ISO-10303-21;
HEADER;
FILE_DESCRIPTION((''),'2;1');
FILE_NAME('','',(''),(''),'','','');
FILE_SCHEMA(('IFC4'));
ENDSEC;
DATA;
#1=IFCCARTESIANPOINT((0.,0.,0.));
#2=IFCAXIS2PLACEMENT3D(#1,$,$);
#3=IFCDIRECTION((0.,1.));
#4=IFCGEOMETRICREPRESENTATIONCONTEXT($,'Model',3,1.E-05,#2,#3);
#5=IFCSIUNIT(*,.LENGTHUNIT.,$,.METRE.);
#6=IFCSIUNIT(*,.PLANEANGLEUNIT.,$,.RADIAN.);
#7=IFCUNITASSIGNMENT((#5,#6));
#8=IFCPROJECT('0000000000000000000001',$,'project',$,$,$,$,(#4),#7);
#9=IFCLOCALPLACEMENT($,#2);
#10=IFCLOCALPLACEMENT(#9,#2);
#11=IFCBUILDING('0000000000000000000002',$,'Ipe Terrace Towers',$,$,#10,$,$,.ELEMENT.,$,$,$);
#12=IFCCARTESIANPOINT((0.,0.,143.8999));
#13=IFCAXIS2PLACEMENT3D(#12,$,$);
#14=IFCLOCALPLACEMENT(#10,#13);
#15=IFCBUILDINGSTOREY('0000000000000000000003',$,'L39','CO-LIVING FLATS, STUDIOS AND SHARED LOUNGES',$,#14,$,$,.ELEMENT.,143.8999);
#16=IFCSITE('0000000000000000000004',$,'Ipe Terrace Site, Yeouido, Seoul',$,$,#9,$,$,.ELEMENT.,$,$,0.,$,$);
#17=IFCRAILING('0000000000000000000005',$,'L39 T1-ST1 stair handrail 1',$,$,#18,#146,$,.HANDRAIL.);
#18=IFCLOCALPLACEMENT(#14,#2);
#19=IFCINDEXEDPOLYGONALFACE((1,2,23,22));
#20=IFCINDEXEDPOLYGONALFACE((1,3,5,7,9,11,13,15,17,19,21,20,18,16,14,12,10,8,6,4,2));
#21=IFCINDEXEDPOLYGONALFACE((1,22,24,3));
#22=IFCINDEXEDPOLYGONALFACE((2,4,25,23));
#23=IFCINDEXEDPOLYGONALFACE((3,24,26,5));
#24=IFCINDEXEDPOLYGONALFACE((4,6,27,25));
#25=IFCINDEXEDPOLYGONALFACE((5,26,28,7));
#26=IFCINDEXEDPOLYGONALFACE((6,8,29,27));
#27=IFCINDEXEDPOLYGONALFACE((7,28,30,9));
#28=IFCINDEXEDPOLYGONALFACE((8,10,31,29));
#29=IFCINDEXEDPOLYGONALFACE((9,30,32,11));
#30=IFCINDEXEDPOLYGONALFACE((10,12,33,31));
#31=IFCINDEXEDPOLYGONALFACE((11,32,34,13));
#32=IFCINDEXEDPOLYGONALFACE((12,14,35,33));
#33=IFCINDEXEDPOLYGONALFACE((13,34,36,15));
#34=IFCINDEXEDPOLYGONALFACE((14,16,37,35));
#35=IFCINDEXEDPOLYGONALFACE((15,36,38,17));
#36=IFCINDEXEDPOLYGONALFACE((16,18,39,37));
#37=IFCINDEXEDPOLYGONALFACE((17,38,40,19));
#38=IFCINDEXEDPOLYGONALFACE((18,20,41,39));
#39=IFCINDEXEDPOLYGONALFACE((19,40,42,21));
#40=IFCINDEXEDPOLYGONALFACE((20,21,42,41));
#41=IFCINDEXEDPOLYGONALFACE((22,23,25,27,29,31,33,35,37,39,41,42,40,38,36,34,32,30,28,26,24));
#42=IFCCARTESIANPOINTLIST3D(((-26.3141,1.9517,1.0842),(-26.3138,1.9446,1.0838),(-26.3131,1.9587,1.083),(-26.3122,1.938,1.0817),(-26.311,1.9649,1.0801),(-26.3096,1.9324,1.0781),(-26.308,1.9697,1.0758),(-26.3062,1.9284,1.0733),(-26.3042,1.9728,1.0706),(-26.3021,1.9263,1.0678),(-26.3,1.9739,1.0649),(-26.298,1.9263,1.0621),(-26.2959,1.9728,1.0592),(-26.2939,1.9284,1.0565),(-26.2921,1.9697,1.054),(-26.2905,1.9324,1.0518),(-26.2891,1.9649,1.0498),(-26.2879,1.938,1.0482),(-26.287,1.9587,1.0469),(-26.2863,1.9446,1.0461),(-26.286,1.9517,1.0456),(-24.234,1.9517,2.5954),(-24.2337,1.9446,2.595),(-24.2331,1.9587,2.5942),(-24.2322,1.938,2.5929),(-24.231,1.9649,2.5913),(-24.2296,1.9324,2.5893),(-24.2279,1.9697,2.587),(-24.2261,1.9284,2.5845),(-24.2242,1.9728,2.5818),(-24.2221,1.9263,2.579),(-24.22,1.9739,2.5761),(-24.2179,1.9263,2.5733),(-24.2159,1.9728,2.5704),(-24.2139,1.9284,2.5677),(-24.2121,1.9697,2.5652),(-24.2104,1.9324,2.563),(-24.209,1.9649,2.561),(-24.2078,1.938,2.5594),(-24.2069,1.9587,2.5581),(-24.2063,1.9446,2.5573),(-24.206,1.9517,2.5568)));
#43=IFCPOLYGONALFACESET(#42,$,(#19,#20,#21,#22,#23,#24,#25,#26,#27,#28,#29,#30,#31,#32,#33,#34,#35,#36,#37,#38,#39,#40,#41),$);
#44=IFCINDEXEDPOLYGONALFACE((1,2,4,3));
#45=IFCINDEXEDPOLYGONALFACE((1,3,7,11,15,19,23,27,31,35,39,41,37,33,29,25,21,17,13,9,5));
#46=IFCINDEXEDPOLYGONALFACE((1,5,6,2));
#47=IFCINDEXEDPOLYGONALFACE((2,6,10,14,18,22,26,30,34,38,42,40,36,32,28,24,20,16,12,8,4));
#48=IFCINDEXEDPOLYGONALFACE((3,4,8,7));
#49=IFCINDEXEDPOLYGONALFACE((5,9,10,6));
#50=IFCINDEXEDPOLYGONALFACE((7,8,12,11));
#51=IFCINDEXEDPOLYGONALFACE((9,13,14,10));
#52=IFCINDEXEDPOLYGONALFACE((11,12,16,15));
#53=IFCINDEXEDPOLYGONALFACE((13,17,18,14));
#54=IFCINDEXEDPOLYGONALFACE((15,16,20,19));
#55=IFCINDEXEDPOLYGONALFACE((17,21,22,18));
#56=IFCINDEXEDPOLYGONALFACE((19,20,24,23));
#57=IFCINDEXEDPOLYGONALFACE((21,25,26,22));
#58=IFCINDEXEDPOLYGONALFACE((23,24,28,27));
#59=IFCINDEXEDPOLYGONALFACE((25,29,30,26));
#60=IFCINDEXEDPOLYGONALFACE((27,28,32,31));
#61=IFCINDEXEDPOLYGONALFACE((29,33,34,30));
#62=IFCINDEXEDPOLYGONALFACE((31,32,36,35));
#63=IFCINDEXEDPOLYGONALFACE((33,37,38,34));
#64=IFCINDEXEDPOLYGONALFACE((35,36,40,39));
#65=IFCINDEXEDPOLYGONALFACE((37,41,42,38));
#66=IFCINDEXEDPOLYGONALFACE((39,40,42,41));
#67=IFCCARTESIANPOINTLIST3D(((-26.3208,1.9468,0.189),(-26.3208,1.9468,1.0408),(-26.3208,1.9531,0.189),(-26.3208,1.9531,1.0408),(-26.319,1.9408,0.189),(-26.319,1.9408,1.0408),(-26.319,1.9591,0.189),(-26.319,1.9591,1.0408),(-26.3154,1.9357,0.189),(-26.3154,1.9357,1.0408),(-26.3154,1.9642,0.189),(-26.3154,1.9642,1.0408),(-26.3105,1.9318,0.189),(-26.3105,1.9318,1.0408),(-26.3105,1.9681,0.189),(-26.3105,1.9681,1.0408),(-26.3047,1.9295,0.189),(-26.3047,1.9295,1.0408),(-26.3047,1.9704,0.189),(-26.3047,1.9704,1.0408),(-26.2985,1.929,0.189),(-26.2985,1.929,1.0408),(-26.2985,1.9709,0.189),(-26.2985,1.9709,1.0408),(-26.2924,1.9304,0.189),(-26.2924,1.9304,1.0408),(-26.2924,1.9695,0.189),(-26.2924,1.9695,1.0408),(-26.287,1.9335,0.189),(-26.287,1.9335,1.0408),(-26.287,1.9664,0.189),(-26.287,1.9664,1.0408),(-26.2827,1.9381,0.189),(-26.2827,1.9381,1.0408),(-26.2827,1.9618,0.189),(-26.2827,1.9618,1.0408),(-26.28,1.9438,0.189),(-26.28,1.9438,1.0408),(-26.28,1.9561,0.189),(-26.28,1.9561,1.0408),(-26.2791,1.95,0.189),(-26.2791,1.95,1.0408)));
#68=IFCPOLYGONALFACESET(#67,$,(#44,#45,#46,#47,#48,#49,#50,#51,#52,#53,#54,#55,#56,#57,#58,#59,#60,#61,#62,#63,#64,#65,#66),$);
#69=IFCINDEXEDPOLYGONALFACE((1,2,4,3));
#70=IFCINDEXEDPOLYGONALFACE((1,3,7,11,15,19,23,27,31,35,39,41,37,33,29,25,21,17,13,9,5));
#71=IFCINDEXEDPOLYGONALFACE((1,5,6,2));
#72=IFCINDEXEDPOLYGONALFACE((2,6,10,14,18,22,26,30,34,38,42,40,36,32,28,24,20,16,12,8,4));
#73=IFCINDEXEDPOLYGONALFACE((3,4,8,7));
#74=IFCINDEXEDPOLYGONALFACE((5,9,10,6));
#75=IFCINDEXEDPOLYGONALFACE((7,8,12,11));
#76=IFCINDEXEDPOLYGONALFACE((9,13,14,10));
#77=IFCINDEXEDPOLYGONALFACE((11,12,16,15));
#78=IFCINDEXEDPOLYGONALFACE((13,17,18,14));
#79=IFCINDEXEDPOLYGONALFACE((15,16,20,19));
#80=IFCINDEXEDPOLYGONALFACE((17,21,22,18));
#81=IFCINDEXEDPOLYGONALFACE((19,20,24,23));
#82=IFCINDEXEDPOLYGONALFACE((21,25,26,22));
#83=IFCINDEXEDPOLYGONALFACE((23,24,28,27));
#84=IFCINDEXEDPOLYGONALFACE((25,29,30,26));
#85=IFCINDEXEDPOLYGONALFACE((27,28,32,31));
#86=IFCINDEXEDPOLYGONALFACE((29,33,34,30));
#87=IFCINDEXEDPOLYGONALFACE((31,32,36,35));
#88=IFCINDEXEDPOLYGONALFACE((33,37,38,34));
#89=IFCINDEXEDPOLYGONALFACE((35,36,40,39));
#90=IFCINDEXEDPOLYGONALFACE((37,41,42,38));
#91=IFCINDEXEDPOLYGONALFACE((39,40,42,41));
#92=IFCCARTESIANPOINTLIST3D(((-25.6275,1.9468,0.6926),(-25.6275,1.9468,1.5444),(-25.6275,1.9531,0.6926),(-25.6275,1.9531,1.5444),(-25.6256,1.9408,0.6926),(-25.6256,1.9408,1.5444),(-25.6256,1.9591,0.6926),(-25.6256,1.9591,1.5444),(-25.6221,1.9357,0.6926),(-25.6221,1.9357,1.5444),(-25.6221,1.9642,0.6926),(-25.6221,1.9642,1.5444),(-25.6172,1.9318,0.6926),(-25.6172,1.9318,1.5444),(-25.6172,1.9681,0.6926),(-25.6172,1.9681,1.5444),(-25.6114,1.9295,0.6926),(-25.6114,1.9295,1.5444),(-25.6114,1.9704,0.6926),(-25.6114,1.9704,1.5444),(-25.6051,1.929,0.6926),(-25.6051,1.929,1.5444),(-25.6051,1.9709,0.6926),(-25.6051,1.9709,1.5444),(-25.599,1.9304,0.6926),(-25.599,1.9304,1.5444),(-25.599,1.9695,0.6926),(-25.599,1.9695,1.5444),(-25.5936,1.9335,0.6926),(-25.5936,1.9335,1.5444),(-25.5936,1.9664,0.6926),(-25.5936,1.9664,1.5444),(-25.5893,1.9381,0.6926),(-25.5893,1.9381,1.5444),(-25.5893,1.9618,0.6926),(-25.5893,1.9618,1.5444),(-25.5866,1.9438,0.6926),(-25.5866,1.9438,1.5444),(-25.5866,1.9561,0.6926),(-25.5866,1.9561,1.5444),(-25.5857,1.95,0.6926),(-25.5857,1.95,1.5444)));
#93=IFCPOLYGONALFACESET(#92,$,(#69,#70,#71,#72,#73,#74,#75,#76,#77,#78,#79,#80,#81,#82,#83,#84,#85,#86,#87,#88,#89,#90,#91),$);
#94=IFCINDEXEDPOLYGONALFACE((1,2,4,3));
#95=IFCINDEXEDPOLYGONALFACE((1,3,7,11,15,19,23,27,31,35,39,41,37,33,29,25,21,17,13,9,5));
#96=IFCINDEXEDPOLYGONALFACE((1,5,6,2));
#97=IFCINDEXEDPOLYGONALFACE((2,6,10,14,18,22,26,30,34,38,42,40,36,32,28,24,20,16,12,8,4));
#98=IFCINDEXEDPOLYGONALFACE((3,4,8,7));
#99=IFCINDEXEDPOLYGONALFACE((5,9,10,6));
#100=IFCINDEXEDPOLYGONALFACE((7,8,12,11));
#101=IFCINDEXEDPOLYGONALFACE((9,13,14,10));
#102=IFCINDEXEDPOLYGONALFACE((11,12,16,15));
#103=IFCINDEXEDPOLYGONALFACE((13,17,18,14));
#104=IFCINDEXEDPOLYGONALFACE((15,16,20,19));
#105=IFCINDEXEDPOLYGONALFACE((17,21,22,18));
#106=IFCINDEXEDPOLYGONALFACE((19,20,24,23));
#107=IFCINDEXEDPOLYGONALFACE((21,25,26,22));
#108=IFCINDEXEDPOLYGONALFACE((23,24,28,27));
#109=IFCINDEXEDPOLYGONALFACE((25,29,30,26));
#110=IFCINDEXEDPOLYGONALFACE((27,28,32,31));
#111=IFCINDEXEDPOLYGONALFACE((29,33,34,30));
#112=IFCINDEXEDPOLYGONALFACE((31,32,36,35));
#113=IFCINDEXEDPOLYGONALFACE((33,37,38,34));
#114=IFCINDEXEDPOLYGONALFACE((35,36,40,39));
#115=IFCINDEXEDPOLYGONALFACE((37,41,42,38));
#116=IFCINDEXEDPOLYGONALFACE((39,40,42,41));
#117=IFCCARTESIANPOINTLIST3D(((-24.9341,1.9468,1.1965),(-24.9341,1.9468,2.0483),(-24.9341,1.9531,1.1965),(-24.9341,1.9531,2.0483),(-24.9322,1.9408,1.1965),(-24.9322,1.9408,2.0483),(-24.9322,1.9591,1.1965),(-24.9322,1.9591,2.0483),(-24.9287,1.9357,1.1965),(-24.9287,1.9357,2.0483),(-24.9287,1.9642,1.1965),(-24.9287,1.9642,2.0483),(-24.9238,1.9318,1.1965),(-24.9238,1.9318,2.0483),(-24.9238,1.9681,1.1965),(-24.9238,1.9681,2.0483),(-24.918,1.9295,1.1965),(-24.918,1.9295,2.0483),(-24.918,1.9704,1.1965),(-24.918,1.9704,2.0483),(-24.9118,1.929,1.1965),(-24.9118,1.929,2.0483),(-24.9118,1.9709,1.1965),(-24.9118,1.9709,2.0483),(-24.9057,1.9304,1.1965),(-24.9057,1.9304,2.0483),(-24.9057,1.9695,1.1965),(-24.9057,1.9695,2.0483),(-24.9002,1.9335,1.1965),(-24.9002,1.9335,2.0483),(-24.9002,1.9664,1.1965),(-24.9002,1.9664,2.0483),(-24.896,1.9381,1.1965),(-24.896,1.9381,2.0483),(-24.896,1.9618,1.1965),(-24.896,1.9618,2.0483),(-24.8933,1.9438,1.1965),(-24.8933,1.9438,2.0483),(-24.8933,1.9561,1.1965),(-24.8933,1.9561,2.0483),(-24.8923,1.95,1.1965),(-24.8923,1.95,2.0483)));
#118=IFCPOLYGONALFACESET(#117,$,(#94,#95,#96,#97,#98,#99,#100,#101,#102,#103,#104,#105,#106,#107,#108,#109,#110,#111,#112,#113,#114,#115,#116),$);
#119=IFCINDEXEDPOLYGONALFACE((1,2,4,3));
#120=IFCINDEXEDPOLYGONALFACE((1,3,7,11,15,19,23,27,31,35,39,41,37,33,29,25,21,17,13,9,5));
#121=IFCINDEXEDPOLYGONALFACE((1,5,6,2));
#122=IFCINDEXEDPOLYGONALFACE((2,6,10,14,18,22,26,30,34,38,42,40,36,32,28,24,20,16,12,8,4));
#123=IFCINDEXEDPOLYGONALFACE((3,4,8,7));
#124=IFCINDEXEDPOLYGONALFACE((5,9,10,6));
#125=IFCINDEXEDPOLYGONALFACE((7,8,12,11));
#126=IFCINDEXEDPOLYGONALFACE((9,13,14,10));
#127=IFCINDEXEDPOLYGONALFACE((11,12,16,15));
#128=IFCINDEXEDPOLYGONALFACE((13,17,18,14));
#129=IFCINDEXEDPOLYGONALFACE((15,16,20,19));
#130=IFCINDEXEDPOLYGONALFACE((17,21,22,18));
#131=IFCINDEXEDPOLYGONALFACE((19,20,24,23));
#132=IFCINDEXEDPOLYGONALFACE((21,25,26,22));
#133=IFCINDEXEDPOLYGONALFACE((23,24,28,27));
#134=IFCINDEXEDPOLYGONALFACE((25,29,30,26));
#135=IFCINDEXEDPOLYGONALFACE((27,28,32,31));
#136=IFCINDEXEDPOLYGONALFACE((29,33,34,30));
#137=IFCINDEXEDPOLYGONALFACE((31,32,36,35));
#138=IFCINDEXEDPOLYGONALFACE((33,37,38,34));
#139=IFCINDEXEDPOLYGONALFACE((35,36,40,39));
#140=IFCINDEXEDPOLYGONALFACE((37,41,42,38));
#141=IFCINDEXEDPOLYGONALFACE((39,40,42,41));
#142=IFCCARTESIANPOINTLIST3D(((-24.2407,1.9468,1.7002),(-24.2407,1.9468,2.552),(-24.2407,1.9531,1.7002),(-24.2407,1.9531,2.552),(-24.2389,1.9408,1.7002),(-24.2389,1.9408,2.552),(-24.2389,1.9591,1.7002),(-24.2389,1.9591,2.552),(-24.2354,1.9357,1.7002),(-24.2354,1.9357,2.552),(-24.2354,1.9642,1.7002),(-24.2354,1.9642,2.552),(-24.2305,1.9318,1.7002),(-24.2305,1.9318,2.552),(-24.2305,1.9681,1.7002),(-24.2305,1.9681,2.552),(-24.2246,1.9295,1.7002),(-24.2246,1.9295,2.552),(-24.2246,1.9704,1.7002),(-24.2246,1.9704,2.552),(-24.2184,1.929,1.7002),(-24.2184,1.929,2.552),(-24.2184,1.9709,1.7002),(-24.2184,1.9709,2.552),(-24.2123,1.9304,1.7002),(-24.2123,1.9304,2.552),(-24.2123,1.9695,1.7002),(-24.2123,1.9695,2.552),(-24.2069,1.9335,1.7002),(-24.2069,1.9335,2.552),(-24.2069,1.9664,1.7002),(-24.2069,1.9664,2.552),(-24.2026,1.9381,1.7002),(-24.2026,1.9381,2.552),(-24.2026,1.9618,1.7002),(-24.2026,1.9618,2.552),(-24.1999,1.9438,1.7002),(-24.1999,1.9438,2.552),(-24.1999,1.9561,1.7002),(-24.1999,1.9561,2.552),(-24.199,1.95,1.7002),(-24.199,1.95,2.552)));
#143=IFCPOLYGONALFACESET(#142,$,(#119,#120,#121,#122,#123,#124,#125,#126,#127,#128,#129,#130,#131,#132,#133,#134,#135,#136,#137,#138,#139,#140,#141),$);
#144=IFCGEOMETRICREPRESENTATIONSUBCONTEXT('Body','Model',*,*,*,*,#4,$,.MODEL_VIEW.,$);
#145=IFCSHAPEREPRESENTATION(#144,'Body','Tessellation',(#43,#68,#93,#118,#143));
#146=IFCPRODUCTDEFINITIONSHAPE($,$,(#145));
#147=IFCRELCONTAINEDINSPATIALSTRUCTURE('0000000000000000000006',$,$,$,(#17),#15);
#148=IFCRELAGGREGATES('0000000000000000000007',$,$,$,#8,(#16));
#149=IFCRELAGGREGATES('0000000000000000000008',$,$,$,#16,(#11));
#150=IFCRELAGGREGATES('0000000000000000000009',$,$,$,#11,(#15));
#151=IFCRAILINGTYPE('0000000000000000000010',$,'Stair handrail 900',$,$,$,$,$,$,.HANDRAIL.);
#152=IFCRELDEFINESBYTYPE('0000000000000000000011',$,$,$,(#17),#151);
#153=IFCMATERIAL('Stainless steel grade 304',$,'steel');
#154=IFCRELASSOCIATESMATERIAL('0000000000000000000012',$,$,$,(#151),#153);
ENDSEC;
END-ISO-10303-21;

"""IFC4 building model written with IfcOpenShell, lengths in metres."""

from ifc_helpers import new_model, si_unit, direction, frame, origin, origin_2d, place, context, subcontext, project, spatial, circle, extrude, material, type_object, element, save


model = new_model("IFC4")

# Units and contexts
model_context = context("Model", 3, precision=1e-05, world=origin(), true_north=direction((0.0, 1.0)))
body_context = subcontext(model_context, "Body", "Model", "MODEL_VIEW")
ifc_project = project(units=[si_unit("LENGTHUNIT", "METRE"), si_unit("PLANEANGLEUNIT", "RADIAN")], contexts=[model_context])

# Site, building, storey
site_placement = place(None, origin())
site = spatial("IfcSite", under=ifc_project, at=site_placement, Name="Ipe Terrace Site, Yeouido, Seoul", CompositionType="ELEMENT", RefElevation=0.0)
building_placement = place(site_placement, origin())
building = spatial("IfcBuilding", under=site, at=building_placement, Name="Ipe Terrace Towers", CompositionType="ELEMENT")
storey_placement = place(building_placement, frame((0.0, 0.0, 143.8999)))
storey = spatial("IfcBuildingStorey", under=building, at=storey_placement, Name="L39", Description="CO-LIVING FLATS, STUDIOS AND SHARED LOUNGES", CompositionType="ELEMENT", Elevation=143.8999)

# Railing
ifc_material_1 = material(Name="Stainless steel grade 304", Category="steel")
railing_type_1 = type_object("IfcRailingType", Name="Stair handrail 900", PredefinedType="HANDRAIL", material=ifc_material_1)
railing_1_placement = place(storey_placement, frame((-26.3, 1.95, 0.189)))
element("IfcRailing", 1, at=railing_1_placement, inside=storey, type_object=railing_type_1, Name="L39 T1-ST1 stair handrail 1", PredefinedType="HANDRAIL", context=body_context, shape_type="SweptSolid", body=[
    extrude(circle(Radius=0.0239, at=origin_2d()), frame((0.0, 0.0, 0.876), z_axis=(0.809023, 0.0, 0.587776), x_axis=(0.0, 1.0, 0.0)), (0.0, 0.0, 1.0), 2.571),
    extrude(circle(Radius=0.021, at=origin_2d()), origin(), (0.0, 0.0, 1.0), 0.8518),
    extrude(circle(Radius=0.021, at=origin_2d()), frame((0.6934, 0.0, 0.5037)), (0.0, 0.0, 1.0), 0.8518),
    extrude(circle(Radius=0.021, at=origin_2d()), frame((1.3867, 0.0, 1.0076)), (0.0, 0.0, 1.0), 0.8518),
    extrude(circle(Radius=0.021, at=origin_2d()), frame((2.0801, 0.0, 1.5112)), (0.0, 0.0, 1.0), 0.8518),
])

save(model, "model.ifc")
